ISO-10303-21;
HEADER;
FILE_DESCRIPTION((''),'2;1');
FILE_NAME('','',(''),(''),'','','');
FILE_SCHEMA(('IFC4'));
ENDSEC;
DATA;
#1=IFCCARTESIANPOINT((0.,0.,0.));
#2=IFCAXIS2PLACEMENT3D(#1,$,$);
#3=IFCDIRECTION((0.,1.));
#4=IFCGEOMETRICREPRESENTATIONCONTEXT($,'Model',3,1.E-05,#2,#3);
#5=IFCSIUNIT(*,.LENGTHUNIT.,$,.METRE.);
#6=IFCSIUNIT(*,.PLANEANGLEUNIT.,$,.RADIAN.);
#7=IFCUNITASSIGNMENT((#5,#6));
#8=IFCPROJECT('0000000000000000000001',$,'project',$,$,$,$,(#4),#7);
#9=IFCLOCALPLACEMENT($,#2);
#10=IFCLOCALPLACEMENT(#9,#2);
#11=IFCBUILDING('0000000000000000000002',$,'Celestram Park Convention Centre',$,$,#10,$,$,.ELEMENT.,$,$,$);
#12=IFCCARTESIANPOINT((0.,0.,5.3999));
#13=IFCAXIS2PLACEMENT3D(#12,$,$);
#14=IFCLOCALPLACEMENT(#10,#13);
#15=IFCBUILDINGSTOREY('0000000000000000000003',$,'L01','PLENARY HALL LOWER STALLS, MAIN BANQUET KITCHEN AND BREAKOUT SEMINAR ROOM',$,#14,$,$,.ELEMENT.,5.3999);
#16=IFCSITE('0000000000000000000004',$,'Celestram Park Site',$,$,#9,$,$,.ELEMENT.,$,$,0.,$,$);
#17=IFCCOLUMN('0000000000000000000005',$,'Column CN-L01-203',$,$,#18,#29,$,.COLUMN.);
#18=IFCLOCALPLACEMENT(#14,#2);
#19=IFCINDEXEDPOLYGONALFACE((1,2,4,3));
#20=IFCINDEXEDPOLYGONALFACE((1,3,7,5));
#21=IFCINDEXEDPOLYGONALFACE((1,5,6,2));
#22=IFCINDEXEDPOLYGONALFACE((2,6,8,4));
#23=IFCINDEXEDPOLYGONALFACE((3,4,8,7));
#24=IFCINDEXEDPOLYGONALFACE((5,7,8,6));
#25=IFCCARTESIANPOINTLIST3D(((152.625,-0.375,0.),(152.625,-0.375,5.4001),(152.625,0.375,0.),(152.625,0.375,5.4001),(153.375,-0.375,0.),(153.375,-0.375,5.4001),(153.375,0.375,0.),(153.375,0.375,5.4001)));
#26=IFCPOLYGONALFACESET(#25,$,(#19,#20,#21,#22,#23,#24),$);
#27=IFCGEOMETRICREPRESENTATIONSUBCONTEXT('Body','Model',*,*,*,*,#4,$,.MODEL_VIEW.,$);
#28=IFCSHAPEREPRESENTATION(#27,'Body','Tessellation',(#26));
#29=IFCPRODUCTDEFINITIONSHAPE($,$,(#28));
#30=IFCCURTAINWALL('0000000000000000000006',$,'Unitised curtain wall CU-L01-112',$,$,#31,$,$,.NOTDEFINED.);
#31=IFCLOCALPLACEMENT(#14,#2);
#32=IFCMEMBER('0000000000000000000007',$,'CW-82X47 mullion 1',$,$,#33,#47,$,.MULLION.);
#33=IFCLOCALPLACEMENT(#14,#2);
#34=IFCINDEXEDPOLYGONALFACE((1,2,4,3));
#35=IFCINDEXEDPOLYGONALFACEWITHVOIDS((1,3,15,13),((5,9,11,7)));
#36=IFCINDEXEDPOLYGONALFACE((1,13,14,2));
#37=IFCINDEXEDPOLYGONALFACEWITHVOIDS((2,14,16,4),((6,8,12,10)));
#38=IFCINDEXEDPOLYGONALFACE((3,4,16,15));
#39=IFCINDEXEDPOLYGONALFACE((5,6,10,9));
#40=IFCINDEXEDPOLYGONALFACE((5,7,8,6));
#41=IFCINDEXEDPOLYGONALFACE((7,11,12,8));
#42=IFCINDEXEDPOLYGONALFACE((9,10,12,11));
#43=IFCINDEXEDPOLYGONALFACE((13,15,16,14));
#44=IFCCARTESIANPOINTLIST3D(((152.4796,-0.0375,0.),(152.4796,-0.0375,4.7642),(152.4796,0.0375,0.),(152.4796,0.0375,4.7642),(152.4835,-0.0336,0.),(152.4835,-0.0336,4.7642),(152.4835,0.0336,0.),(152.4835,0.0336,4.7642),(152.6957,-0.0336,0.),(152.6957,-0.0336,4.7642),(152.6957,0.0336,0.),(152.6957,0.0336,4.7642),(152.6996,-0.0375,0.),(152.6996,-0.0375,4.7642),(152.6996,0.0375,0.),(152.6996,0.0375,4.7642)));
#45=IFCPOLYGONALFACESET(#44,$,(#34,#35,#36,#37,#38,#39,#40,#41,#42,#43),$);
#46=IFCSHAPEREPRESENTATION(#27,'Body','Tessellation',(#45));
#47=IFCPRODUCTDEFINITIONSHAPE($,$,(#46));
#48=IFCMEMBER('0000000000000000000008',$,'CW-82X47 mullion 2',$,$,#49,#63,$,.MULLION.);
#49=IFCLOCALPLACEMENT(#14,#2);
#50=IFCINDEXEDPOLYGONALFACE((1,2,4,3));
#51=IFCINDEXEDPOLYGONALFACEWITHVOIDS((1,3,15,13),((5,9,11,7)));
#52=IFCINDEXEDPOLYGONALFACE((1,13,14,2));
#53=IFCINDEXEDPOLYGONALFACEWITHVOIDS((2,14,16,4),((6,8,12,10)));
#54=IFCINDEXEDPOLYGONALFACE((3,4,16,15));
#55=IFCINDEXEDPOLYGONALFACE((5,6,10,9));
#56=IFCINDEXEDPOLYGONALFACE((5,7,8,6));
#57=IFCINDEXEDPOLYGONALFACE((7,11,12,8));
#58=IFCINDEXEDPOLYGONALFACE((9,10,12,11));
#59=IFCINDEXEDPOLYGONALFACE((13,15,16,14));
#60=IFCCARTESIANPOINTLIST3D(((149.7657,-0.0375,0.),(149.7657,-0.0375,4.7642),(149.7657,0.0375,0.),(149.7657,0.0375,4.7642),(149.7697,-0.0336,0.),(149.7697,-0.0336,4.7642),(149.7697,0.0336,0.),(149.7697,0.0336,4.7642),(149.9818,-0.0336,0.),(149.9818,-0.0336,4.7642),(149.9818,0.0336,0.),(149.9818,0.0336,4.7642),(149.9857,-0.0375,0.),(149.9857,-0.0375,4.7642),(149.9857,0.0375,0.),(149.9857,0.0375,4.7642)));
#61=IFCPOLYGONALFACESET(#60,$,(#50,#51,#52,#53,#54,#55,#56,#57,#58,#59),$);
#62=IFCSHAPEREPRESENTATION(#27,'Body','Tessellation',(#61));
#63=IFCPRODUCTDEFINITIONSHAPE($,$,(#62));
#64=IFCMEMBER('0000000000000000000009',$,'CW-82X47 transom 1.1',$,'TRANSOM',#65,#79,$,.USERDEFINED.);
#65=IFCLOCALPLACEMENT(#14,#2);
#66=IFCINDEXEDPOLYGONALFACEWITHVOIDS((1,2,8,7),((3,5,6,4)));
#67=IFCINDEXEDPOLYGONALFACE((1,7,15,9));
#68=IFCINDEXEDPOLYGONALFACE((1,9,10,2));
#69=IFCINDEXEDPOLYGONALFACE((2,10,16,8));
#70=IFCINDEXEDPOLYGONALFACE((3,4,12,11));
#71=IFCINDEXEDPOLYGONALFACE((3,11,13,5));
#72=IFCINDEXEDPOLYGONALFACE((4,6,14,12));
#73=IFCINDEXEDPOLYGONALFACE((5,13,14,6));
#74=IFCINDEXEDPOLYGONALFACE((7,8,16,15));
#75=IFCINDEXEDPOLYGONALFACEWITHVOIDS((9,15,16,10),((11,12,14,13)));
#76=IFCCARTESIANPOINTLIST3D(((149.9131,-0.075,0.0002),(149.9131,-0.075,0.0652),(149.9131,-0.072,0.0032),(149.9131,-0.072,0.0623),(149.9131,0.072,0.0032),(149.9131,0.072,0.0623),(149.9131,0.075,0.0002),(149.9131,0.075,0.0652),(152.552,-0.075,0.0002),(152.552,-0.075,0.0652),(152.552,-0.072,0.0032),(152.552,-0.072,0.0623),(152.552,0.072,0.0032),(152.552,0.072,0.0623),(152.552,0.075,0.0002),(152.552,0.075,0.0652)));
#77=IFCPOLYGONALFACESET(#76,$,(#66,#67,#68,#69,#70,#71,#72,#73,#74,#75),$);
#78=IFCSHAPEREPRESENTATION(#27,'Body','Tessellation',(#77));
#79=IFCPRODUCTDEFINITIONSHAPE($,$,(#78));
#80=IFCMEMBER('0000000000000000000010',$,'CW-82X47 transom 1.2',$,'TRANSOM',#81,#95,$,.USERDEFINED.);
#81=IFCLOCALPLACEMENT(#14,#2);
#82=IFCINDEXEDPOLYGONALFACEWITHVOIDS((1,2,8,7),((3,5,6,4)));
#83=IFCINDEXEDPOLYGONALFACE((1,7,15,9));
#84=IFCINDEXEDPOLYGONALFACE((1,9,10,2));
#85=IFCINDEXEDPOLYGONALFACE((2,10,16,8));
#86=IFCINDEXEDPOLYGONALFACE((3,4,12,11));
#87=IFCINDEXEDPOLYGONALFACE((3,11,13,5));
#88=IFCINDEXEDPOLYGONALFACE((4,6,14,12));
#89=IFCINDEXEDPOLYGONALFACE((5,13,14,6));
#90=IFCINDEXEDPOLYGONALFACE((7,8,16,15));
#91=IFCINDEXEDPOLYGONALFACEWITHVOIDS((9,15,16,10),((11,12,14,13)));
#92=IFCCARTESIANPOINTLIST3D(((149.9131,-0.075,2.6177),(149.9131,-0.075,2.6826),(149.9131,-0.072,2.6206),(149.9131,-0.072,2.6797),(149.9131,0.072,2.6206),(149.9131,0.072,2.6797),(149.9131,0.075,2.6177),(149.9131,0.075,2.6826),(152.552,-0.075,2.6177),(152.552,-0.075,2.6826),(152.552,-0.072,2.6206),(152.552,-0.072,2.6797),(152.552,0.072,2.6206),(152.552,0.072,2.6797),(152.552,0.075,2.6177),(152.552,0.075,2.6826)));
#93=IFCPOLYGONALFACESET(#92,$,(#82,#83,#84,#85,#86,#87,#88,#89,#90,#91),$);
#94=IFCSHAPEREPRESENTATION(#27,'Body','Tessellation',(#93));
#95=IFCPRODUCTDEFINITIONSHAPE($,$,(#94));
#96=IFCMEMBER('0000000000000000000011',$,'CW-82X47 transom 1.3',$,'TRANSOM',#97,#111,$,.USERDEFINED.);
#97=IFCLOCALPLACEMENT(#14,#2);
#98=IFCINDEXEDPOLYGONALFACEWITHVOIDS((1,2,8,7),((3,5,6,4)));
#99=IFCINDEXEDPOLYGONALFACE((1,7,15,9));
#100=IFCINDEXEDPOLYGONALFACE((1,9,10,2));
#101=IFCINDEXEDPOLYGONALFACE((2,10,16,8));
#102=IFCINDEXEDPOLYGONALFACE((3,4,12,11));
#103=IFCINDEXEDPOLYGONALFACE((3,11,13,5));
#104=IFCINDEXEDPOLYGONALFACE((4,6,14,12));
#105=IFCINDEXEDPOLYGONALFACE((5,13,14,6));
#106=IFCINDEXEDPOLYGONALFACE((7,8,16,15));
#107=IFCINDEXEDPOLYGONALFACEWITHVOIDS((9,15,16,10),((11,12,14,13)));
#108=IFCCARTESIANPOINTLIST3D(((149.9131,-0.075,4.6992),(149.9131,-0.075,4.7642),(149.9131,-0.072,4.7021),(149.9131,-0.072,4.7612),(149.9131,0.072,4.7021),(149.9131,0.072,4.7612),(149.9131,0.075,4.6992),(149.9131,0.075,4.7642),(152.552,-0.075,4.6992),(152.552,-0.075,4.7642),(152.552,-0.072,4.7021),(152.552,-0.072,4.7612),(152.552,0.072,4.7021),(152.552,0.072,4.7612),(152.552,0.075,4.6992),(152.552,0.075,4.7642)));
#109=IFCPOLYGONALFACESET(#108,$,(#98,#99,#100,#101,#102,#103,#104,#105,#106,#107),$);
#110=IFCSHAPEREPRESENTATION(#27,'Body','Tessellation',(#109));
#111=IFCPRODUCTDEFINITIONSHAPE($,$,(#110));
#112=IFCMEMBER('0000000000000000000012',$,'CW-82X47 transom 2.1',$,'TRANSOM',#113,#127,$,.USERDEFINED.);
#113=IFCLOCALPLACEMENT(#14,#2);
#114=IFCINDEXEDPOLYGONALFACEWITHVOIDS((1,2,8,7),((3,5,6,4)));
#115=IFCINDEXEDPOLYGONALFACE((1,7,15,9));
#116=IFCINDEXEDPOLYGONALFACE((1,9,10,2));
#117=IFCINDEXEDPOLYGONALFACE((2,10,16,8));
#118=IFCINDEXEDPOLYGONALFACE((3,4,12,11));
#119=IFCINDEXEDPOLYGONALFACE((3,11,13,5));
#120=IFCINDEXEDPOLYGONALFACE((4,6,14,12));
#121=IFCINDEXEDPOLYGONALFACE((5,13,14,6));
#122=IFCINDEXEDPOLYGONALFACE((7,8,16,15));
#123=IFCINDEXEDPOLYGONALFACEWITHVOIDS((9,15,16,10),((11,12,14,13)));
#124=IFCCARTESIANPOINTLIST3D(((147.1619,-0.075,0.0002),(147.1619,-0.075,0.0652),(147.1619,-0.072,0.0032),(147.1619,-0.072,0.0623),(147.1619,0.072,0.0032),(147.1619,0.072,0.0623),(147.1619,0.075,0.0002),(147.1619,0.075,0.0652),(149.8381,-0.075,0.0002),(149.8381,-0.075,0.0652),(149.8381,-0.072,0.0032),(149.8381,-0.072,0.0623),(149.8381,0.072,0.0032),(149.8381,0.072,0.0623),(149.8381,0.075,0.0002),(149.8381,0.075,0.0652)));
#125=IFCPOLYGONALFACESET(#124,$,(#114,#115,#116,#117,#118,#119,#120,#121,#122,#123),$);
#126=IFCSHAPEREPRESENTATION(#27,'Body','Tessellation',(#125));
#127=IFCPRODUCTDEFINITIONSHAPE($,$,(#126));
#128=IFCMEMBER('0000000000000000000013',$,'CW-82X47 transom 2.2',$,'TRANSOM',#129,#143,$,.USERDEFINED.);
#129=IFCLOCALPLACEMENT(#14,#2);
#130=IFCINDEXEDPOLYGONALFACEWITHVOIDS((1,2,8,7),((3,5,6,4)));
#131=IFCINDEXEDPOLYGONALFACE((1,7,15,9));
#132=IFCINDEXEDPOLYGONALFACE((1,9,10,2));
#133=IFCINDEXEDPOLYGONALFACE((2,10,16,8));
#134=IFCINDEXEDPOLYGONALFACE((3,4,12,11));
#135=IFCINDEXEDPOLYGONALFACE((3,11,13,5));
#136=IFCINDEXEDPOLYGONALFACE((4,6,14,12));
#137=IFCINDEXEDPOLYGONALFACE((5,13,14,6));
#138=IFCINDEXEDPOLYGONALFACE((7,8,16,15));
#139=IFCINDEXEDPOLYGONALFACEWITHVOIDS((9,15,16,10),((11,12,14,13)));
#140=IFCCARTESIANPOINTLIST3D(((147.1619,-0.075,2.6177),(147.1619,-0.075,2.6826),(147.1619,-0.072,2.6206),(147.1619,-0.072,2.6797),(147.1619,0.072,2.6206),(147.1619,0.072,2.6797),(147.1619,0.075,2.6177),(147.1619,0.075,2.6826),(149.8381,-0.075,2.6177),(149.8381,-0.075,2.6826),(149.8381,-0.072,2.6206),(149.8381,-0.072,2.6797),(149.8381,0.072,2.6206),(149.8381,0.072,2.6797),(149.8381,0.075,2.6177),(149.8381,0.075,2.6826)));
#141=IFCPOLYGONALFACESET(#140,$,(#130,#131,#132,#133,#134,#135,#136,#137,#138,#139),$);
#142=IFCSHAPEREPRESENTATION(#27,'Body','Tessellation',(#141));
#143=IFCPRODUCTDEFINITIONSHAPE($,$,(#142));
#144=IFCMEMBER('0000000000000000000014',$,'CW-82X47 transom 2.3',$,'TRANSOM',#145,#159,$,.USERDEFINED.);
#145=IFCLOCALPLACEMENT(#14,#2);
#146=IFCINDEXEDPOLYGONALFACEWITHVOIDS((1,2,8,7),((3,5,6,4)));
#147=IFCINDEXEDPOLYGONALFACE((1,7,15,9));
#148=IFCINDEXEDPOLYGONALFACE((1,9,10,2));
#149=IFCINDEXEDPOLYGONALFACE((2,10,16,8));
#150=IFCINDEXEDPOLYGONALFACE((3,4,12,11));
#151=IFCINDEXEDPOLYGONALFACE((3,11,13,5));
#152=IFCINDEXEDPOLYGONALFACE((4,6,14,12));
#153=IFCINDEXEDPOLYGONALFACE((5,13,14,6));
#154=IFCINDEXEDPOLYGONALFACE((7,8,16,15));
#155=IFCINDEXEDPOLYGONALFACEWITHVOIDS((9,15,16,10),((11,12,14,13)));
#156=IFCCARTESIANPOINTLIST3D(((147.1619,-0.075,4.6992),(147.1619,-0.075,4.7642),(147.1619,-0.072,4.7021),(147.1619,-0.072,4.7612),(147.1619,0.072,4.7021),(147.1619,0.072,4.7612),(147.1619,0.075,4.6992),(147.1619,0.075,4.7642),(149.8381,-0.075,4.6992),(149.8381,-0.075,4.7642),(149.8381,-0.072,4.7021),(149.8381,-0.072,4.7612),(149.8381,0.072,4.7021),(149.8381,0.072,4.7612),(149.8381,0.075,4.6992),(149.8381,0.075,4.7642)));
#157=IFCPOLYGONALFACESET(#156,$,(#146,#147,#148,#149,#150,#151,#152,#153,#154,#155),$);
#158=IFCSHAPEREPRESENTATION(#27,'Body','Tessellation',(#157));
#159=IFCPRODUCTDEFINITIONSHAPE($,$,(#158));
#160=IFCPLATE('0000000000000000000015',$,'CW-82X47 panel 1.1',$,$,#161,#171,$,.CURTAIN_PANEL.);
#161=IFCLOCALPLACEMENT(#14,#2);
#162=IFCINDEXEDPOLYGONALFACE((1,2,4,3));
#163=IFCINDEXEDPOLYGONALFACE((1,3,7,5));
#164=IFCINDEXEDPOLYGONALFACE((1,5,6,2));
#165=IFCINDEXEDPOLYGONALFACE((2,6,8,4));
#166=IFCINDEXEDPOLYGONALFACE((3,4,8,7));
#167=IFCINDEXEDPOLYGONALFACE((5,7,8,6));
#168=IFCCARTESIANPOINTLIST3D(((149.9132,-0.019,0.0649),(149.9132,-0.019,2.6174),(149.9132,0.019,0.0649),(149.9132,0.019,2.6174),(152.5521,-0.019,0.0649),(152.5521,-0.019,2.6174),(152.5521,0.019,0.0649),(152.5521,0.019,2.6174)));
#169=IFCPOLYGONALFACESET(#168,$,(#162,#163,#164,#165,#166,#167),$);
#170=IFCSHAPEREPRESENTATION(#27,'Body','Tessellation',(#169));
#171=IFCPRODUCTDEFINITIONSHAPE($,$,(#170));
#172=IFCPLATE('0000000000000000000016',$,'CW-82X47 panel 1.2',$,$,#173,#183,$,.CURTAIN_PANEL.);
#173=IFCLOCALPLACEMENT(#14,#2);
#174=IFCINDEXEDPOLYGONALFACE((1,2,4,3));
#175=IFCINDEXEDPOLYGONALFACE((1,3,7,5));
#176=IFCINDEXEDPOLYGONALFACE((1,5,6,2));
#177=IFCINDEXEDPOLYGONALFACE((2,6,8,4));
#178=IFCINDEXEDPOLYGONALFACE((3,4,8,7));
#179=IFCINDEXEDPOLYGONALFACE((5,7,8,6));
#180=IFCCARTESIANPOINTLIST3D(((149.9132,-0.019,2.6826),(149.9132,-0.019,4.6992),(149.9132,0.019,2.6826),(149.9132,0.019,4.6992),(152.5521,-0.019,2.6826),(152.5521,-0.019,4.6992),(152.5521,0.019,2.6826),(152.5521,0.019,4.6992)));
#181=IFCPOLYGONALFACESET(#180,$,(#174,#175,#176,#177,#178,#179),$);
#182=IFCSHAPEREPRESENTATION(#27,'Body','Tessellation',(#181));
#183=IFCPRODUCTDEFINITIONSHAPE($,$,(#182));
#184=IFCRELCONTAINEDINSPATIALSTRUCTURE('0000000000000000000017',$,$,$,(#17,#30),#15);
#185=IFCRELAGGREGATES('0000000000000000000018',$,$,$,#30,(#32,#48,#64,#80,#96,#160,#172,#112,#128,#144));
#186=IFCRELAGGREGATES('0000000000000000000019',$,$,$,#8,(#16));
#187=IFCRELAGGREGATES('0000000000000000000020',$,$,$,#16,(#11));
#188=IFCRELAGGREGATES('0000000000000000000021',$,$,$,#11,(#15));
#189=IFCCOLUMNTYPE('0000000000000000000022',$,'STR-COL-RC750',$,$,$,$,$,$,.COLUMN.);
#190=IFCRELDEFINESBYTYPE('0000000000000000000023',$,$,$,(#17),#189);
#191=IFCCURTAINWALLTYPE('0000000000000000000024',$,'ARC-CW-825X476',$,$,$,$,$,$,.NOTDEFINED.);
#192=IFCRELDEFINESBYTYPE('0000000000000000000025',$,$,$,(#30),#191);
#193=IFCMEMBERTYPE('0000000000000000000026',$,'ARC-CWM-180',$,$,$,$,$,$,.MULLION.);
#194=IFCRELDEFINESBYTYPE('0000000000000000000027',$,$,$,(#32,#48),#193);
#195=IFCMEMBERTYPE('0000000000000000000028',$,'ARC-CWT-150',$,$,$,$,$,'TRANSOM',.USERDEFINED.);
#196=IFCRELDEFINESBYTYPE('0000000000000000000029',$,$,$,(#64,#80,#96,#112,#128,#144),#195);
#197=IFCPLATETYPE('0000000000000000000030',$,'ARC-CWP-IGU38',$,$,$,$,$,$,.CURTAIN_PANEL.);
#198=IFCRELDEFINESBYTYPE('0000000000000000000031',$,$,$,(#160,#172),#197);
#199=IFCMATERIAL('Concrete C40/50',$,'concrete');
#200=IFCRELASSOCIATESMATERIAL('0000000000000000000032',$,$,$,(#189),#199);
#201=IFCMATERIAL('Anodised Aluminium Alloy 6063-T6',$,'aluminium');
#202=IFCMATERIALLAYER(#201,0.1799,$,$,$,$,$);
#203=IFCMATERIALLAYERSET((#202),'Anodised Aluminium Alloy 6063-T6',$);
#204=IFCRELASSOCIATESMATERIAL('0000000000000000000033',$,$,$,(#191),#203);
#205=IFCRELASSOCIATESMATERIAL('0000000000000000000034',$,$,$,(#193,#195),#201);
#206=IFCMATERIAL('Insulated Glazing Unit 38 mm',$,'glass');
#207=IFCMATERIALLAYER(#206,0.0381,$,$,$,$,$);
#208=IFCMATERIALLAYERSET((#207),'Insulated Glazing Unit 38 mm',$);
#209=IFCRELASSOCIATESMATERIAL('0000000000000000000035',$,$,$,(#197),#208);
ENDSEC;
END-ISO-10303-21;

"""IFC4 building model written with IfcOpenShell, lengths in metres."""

from ifc_helpers import new_model, si_unit, direction, frame, origin, origin_2d, place, context, subcontext, project, spatial, rectangle, hollow_rectangle, extrude, material, layer, layer_set, material_profile, profile_set, type_object, element, aggregate, save


model = new_model("IFC4")

# Units and contexts
model_context = context("Model", 3, precision=1e-05, world=origin(), true_north=direction((0.0, 1.0)))
body_context = subcontext(model_context, "Body", "Model", "MODEL_VIEW")
ifc_project = project(units=[si_unit("LENGTHUNIT", "METRE"), si_unit("PLANEANGLEUNIT", "RADIAN")], contexts=[model_context])

# Site, building, storey
site_placement = place(None, origin())
site = spatial("IfcSite", under=ifc_project, at=site_placement, Name="Celestram Park Site", CompositionType="ELEMENT", RefElevation=0.0)
building_placement = place(site_placement, origin())
building = spatial("IfcBuilding", under=site, at=building_placement, Name="Celestram Park Convention Centre", CompositionType="ELEMENT")
storey_placement = place(building_placement, frame((0.0, 0.0, 5.3999)))
storey = spatial("IfcBuildingStorey", under=building, at=storey_placement, Name="L01", Description="PLENARY HALL LOWER STALLS, MAIN BANQUET KITCHEN AND BREAKOUT SEMINAR ROOM", CompositionType="ELEMENT", Elevation=5.3999)

# Column
ifc_material_1 = material(Name="Concrete C40/50", Category="concrete")
ifc_material_profile_1 = material_profile(ifc_material_1, rectangle(XDim=0.75, YDim=0.75, at=origin_2d()), Name="RC750X750")
ifc_profile_set_1 = profile_set([ifc_material_profile_1], Name="Concrete C40/50")
column_type = type_object("IfcColumnType", Name="STR-COL-RC750", PredefinedType="COLUMN", material=ifc_profile_set_1)
column_placement = place(storey_placement, frame((153.0, 0.0, 0.0), z_axis=(0.0, 0.0, 1.0), x_axis=(1.0, 0.0, 0.0)))
element("IfcColumn", 1, at=column_placement, inside=storey, type_object=column_type, Name="Column CN-L01-203", PredefinedType="COLUMN", context=body_context, shape_type="SweptSolid", body=[
    extrude(rectangle(XDim=0.75, YDim=0.75, at=origin_2d()), origin(), (0.0, 0.0, 1.0), 5.4001),
])

# Curtain wall, members, plates
ifc_material_2 = material(Name="Anodised Aluminium Alloy 6063-T6", Category="aluminium")
ifc_layer_1 = layer(ifc_material_2, 0.1799)
ifc_layer_set_1 = layer_set([ifc_layer_1], Name="Anodised Aluminium Alloy 6063-T6")
curtain_wall_type = type_object("IfcCurtainWallType", Name="ARC-CW-825X476", PredefinedType="NOTDEFINED", material=ifc_layer_set_1)
curtain_wall_placement = place(storey_placement, origin())
curtain_wall = element("IfcCurtainWall", 2, at=curtain_wall_placement, inside=storey, type_object=curtain_wall_type, Name="Unitised curtain wall CU-L01-112", PredefinedType="NOTDEFINED")
ifc_material_profile_2 = material_profile(ifc_material_2, hollow_rectangle(XDim=0.075, YDim=0.22, WallThickness=0.0039, at=origin_2d()), Name="ALU75X220X4")
ifc_profile_set_2 = profile_set([ifc_material_profile_2], Name="Anodised Aluminium Alloy 6063-T6")
member_type_1 = type_object("IfcMemberType", Name="ARC-CWM-180", PredefinedType="MULLION", material=ifc_profile_set_2)
member_1_placement = place(storey_placement, frame((152.5896, 0.0, 0.0), z_axis=(0.0, 0.0, 1.0), x_axis=(0.0, -1.0, 0.0)))
member_1 = element("IfcMember", 3, at=member_1_placement, type_object=member_type_1, Name="CW-82X47 mullion 1", PredefinedType="MULLION", context=body_context, shape_type="SweptSolid", body=[
    extrude(hollow_rectangle(XDim=0.075, YDim=0.22, WallThickness=0.0039, at=origin_2d()), origin(), (0.0, 0.0, 1.0), 4.7642),
])
member_2_placement = place(storey_placement, frame((149.8757, 0.0, 0.0), z_axis=(0.0, 0.0, 1.0), x_axis=(0.0, -1.0, 0.0)))
member_2 = element("IfcMember", 4, at=member_2_placement, type_object=member_type_1, Name="CW-82X47 mullion 2", PredefinedType="MULLION", context=body_context, shape_type="SweptSolid", body=[
    extrude(hollow_rectangle(XDim=0.075, YDim=0.22, WallThickness=0.0039, at=origin_2d()), origin(), (0.0, 0.0, 1.0), 4.7642),
])
ifc_material_profile_3 = material_profile(ifc_material_2, hollow_rectangle(XDim=0.1499, YDim=0.0649, WallThickness=0.0029, at=origin_2d()), Name="ALU150X65X3")
ifc_profile_set_3 = profile_set([ifc_material_profile_3], Name="Anodised Aluminium Alloy 6063-T6")
member_type_2 = type_object("IfcMemberType", Name="ARC-CWT-150", ElementType="TRANSOM", PredefinedType="USERDEFINED", material=ifc_profile_set_3)
member_3_placement = place(storey_placement, frame((152.552, 0.0, 0.0327), z_axis=(-1.0, 0.0, 0.0), x_axis=(0.0, -1.0, 0.0)))
member_3 = element("IfcMember", 5, at=member_3_placement, type_object=member_type_2, Name="CW-82X47 transom 1.1", ObjectType="TRANSOM", PredefinedType="USERDEFINED", context=body_context, shape_type="SweptSolid", body=[
    extrude(hollow_rectangle(XDim=0.1499, YDim=0.0649, WallThickness=0.0029, at=origin_2d()), origin(), (0.0, 0.0, 1.0), 2.6389),
])
member_4_placement = place(storey_placement, frame((152.552, 0.0, 2.6501), z_axis=(-1.0, 0.0, 0.0), x_axis=(0.0, -1.0, 0.0)))
member_4 = element("IfcMember", 6, at=member_4_placement, type_object=member_type_2, Name="CW-82X47 transom 1.2", ObjectType="TRANSOM", PredefinedType="USERDEFINED", context=body_context, shape_type="SweptSolid", body=[
    extrude(hollow_rectangle(XDim=0.1499, YDim=0.0649, WallThickness=0.0029, at=origin_2d()), origin(), (0.0, 0.0, 1.0), 2.6389),
])
member_5_placement = place(storey_placement, frame((152.552, 0.0, 4.7317), z_axis=(-1.0, 0.0, 0.0), x_axis=(0.0, -1.0, 0.0)))
member_5 = element("IfcMember", 7, at=member_5_placement, type_object=member_type_2, Name="CW-82X47 transom 1.3", ObjectType="TRANSOM", PredefinedType="USERDEFINED", context=body_context, shape_type="SweptSolid", body=[
    extrude(hollow_rectangle(XDim=0.1499, YDim=0.0649, WallThickness=0.0029, at=origin_2d()), origin(), (0.0, 0.0, 1.0), 2.6389),
])
member_6_placement = place(storey_placement, frame((149.8381, 0.0, 0.0327), z_axis=(-1.0, 0.0, 0.0), x_axis=(0.0, -1.0, 0.0)))
member_6 = element("IfcMember", 8, at=member_6_placement, type_object=member_type_2, Name="CW-82X47 transom 2.1", ObjectType="TRANSOM", PredefinedType="USERDEFINED", context=body_context, shape_type="SweptSolid", body=[
    extrude(hollow_rectangle(XDim=0.1499, YDim=0.0649, WallThickness=0.0029, at=origin_2d()), origin(), (0.0, 0.0, 1.0), 2.6763),
])
member_7_placement = place(storey_placement, frame((149.8381, 0.0, 2.6501), z_axis=(-1.0, 0.0, 0.0), x_axis=(0.0, -1.0, 0.0)))
member_7 = element("IfcMember", 9, at=member_7_placement, type_object=member_type_2, Name="CW-82X47 transom 2.2", ObjectType="TRANSOM", PredefinedType="USERDEFINED", context=body_context, shape_type="SweptSolid", body=[
    extrude(hollow_rectangle(XDim=0.1499, YDim=0.0649, WallThickness=0.0029, at=origin_2d()), origin(), (0.0, 0.0, 1.0), 2.6763),
])
member_8_placement = place(storey_placement, frame((149.8381, 0.0, 4.7317), z_axis=(-1.0, 0.0, 0.0), x_axis=(0.0, -1.0, 0.0)))
member_8 = element("IfcMember", 10, at=member_8_placement, type_object=member_type_2, Name="CW-82X47 transom 2.3", ObjectType="TRANSOM", PredefinedType="USERDEFINED", context=body_context, shape_type="SweptSolid", body=[
    extrude(hollow_rectangle(XDim=0.1499, YDim=0.0649, WallThickness=0.0029, at=origin_2d()), origin(), (0.0, 0.0, 1.0), 2.6763),
])
ifc_material_3 = material(Name="Insulated Glazing Unit 38 mm", Category="glass")
ifc_layer_2 = layer(ifc_material_3, 0.0381)
ifc_layer_set_2 = layer_set([ifc_layer_2], Name="Insulated Glazing Unit 38 mm")
plate_type = type_object("IfcPlateType", Name="ARC-CWP-IGU38", PredefinedType="CURTAIN_PANEL", material=ifc_layer_set_2)
plate_1_placement = place(storey_placement, frame((151.2327, 0.0, 0.0649), z_axis=(0.0, 0.0, 1.0), x_axis=(-1.0, 0.0, 0.0)))
plate_1 = element("IfcPlate", 11, at=plate_1_placement, type_object=plate_type, Name="CW-82X47 panel 1.1", PredefinedType="CURTAIN_PANEL", context=body_context, shape_type="SweptSolid", body=[
    extrude(rectangle(XDim=2.6389, YDim=0.0381, at=origin_2d()), origin(), (0.0, 0.0, 1.0), 2.5525),
])
plate_2_placement = place(storey_placement, frame((151.2327, 0.0, 2.6826), z_axis=(0.0, 0.0, 1.0), x_axis=(-1.0, 0.0, 0.0)))
plate_2 = element("IfcPlate", 12, at=plate_2_placement, type_object=plate_type, Name="CW-82X47 panel 1.2", PredefinedType="CURTAIN_PANEL", context=body_context, shape_type="SweptSolid", body=[
    extrude(rectangle(XDim=2.6389, YDim=0.0381, at=origin_2d()), origin(), (0.0, 0.0, 1.0), 2.0166),
])
aggregate(curtain_wall, [member_1, member_2, member_3, member_4, member_5, plate_1, plate_2, member_6, member_7, member_8])

save(model, "model.ifc")
